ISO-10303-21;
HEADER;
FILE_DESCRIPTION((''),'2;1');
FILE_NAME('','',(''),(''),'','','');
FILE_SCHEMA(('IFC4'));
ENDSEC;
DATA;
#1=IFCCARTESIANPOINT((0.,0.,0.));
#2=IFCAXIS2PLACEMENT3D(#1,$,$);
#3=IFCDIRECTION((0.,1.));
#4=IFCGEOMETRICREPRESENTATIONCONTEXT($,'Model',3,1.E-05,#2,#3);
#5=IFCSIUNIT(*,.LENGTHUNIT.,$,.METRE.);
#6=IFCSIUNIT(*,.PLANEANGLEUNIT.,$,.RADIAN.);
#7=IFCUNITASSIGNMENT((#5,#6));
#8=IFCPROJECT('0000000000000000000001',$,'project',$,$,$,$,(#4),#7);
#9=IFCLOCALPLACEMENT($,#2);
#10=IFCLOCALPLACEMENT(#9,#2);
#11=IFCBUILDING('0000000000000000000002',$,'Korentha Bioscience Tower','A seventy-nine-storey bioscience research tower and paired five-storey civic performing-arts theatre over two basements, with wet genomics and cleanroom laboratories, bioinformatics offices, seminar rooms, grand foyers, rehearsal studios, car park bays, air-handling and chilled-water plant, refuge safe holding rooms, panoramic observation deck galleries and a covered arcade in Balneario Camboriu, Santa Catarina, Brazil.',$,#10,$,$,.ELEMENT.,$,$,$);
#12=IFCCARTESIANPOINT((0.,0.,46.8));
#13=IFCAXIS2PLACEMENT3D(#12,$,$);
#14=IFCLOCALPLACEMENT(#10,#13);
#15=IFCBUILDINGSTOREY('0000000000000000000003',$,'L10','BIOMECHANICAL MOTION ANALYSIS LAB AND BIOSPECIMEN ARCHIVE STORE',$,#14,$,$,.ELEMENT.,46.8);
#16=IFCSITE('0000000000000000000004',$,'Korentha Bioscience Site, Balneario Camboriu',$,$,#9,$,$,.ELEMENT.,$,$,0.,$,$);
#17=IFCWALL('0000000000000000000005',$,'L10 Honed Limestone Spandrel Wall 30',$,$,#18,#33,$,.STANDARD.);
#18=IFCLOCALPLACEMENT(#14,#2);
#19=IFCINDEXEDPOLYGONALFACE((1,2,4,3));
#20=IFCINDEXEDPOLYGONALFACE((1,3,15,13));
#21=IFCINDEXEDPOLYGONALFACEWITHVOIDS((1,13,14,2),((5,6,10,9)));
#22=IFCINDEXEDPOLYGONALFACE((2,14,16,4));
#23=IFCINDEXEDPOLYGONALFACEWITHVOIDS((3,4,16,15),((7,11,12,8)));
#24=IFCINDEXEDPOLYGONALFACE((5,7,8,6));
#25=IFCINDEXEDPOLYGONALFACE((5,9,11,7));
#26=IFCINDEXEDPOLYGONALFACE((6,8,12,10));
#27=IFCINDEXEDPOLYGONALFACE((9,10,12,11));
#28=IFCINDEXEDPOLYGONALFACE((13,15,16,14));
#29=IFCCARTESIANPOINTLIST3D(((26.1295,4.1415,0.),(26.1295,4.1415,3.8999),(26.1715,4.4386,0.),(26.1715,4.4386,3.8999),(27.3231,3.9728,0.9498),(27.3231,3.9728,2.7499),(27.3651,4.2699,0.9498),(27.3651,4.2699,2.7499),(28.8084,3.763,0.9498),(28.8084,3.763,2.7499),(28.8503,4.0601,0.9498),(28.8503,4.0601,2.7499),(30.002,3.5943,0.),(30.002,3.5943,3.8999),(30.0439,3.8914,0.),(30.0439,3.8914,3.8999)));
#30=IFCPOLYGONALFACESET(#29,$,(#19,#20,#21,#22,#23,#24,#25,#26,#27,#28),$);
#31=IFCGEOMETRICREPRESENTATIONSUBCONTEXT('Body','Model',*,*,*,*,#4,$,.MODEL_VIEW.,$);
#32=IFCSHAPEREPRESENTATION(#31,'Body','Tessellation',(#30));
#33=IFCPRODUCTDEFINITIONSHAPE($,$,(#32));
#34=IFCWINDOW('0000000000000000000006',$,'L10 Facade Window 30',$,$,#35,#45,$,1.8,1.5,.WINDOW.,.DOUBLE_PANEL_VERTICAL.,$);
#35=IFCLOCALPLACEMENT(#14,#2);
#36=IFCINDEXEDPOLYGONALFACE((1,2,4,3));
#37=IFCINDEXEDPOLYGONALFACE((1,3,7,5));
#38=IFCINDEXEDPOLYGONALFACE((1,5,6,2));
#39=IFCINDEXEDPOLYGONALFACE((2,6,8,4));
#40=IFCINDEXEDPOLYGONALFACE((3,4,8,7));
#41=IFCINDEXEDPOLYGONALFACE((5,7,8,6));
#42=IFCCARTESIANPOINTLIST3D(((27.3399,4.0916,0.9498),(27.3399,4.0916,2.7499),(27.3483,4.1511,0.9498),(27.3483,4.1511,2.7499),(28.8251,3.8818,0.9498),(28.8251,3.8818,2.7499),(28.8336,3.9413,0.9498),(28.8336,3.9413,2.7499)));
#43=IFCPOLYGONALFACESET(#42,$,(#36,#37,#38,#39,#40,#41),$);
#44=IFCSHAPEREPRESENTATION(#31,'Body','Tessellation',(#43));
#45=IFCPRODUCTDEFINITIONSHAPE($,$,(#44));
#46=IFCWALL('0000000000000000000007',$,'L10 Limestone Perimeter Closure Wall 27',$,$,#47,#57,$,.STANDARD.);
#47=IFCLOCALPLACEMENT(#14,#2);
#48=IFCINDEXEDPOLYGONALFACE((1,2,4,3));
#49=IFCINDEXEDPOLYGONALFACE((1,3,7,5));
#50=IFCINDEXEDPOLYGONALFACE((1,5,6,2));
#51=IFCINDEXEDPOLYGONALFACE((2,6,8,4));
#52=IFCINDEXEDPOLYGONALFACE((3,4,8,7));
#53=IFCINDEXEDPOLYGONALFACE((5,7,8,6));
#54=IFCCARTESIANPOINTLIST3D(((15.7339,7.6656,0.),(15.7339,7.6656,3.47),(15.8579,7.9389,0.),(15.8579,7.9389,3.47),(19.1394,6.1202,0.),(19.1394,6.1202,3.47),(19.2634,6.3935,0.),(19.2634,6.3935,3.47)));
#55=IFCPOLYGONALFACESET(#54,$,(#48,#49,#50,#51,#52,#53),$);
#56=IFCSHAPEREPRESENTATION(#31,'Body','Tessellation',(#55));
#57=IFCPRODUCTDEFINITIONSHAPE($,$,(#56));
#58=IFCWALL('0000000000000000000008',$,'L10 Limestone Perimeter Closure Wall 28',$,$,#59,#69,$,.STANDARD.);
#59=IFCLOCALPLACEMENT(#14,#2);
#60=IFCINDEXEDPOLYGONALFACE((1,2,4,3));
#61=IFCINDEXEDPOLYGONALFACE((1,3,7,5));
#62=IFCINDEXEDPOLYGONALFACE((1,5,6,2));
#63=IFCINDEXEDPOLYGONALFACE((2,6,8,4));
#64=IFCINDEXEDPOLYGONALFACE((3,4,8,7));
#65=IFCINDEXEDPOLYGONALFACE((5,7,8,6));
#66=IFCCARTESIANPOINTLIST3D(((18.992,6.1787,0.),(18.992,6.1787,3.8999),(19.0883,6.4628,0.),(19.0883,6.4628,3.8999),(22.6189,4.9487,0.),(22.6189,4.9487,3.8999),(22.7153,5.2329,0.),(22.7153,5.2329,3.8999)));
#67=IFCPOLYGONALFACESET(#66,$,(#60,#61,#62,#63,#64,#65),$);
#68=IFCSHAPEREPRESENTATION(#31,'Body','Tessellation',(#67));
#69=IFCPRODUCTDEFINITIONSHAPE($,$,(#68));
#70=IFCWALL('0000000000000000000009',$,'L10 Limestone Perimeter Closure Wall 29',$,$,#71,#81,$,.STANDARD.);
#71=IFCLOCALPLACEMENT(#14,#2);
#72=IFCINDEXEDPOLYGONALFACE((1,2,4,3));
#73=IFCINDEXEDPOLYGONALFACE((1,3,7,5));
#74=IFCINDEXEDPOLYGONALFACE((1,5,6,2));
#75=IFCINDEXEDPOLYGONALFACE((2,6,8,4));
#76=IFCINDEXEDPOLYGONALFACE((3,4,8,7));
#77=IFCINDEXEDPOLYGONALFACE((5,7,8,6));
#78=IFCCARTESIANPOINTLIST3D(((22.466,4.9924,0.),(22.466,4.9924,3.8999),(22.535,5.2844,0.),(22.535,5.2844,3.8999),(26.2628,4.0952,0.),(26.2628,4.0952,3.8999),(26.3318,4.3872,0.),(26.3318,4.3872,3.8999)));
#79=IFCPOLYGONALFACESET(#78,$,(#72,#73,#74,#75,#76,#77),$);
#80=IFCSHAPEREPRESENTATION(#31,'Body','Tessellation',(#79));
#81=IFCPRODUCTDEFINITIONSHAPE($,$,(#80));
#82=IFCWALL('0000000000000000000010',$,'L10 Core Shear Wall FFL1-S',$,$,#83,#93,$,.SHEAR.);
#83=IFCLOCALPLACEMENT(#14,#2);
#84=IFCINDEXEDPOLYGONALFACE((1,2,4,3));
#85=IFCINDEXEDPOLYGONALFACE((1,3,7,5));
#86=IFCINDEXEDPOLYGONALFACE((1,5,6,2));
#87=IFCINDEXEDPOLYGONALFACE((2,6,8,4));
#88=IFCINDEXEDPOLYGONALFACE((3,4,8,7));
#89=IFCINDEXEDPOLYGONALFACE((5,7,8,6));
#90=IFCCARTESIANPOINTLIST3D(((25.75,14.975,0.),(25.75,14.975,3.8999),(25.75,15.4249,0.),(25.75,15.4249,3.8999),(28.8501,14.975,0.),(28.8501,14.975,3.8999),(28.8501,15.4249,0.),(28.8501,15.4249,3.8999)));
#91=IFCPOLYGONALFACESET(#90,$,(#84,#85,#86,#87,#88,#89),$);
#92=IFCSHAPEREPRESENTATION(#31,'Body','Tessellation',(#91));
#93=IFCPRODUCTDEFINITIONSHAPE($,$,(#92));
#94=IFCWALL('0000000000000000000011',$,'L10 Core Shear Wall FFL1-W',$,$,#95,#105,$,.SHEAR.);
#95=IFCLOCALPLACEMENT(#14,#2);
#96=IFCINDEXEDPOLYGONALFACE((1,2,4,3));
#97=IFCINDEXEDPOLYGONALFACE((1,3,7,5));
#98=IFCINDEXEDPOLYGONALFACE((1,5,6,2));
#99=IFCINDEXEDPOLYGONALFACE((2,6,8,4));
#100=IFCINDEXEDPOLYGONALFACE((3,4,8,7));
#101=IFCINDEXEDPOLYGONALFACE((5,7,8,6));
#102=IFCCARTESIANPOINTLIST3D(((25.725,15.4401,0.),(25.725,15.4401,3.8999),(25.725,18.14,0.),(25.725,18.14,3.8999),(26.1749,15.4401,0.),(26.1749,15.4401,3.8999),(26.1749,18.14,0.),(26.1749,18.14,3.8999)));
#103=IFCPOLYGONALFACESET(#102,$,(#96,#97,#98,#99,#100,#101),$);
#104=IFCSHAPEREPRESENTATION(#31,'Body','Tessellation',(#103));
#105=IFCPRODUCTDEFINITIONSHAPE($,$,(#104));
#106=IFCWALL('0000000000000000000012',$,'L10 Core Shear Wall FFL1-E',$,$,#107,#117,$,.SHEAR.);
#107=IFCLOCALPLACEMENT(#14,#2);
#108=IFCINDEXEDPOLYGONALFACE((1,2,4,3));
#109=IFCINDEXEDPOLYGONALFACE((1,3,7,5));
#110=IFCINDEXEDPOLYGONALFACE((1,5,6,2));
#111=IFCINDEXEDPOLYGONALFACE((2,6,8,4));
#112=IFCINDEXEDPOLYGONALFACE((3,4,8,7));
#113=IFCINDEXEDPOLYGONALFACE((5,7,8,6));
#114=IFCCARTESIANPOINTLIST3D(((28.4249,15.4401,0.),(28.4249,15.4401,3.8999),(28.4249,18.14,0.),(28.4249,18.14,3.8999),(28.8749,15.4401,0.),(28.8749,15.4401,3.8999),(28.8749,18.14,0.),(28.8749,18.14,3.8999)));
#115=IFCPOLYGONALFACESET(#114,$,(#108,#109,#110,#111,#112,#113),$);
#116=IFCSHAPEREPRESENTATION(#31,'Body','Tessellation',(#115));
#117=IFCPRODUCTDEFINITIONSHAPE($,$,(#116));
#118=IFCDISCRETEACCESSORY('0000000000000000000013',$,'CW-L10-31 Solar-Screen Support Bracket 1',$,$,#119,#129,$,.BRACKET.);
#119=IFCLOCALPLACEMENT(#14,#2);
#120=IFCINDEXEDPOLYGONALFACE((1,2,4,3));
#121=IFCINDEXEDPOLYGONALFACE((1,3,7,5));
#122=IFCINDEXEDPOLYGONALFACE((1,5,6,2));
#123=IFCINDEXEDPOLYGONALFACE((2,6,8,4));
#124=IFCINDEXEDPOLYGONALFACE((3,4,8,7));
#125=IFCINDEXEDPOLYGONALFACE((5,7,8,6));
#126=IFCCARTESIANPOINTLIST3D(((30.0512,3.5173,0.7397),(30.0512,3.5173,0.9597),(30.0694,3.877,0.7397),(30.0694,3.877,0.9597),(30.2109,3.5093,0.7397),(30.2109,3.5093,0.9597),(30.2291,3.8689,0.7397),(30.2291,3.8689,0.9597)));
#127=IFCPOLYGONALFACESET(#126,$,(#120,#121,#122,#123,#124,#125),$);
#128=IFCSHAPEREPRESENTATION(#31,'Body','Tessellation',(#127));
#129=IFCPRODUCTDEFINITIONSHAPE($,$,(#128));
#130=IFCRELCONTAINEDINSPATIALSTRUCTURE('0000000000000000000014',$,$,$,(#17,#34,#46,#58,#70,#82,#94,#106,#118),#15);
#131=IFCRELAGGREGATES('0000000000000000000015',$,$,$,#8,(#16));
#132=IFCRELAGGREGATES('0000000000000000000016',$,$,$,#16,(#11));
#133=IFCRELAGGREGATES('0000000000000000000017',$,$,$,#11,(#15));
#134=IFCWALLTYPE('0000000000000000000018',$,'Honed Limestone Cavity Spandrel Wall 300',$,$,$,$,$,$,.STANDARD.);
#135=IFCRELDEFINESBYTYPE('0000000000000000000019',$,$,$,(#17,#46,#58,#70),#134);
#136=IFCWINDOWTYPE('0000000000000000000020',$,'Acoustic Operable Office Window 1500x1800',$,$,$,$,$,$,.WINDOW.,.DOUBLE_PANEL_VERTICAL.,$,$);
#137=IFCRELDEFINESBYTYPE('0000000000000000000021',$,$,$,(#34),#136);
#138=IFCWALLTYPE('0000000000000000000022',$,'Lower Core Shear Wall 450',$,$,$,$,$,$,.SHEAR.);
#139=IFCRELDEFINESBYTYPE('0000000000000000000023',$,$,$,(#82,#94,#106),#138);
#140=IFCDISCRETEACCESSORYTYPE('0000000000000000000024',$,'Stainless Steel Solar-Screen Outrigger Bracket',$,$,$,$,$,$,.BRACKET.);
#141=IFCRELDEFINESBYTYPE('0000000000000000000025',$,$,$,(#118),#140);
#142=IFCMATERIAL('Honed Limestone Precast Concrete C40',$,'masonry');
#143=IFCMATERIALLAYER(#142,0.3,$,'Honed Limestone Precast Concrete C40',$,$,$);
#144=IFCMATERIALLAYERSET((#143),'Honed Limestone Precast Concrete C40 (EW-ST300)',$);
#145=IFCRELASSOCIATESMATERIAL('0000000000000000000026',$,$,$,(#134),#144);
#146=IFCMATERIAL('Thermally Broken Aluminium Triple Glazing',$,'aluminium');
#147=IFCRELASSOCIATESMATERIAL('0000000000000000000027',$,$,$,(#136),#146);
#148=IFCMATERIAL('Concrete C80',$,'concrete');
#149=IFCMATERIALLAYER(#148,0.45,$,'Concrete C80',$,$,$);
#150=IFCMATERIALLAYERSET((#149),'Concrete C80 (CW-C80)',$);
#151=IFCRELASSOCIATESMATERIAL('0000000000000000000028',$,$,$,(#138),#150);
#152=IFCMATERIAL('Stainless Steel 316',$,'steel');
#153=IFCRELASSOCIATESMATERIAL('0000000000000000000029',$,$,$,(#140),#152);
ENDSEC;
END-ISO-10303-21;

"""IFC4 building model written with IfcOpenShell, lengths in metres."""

from ifc_helpers import new_model, si_unit, direction, frame, frame_2d, origin, origin_2d, place, context, subcontext, project, spatial, rectangle, extrude, material, layer, layer_set, type_object, element, fill, save


model = new_model("IFC4")

# Units and contexts
model_context = context("Model", 3, precision=1e-05, world=origin(), true_north=direction((0.0, 1.0)))
body_context = subcontext(model_context, "Body", "Model", "MODEL_VIEW")
ifc_project = project(units=[si_unit("LENGTHUNIT", "METRE"), si_unit("PLANEANGLEUNIT", "RADIAN")], contexts=[model_context])

# Site, building, storey
site_placement = place(None, origin())
site = spatial("IfcSite", under=ifc_project, at=site_placement, Name="Korentha Bioscience Site, Balneario Camboriu", CompositionType="ELEMENT", RefElevation=0.0)
building_placement = place(site_placement, origin())
building = spatial("IfcBuilding", under=site, at=building_placement, Name="Korentha Bioscience Tower", Description="A seventy-nine-storey bioscience research tower and paired five-storey civic performing-arts theatre over two basements, with wet genomics and cleanroom laboratories, bioinformatics offices, seminar rooms, grand foyers, rehearsal studios, car park bays, air-handling and chilled-water plant, refuge safe holding rooms, panoramic observation deck galleries and a covered arcade in Balneario Camboriu, Santa Catarina, Brazil.", CompositionType="ELEMENT")
storey_placement = place(building_placement, frame((0.0, 0.0, 46.8)))
storey = spatial("IfcBuildingStorey", under=building, at=storey_placement, Name="L10", Description="BIOMECHANICAL MOTION ANALYSIS LAB AND BIOSPECIMEN ARCHIVE STORE", CompositionType="ELEMENT", Elevation=46.8)

# Shared definitions
ifc_material_1 = material(Name="Concrete C80", Category="concrete")

# Wall, opening, window
ifc_material_2 = material(Name="Honed Limestone Precast Concrete C40", Category="masonry")
ifc_layer_1 = layer(ifc_material_2, 0.3, Name="Honed Limestone Precast Concrete C40")
ifc_layer_set_1 = layer_set([ifc_layer_1], Name="Honed Limestone Precast Concrete C40 (EW-ST300)")
wall_type_1 = type_object("IfcWallType", Name="Honed Limestone Cavity Spandrel Wall 300", PredefinedType="STANDARD", material=ifc_layer_set_1)
wall_1_placement = place(storey_placement, frame((26.1504, 4.29, 0.0), z_axis=(0.0, 0.0, 1.0), x_axis=(0.990166, -0.1399, 0.0)))
wall_1 = element("IfcWall", 1, at=wall_1_placement, inside=storey, type_object=wall_type_1, Name="L10 Honed Limestone Spandrel Wall 30", PredefinedType="STANDARD", context=body_context, shape_type="SweptSolid", body=[
    extrude(rectangle(XDim=3.9109, YDim=0.3, at=frame_2d((1.9556, 0.0))), origin(), (0.0, 0.0, 1.0), 3.8999),
])
opening_placement = place(wall_1_placement, frame((1.2056, 0.0, 0.95)))
opening = element("IfcOpeningElement", 2, at=opening_placement, cuts=wall_1, PredefinedType="OPENING", context=body_context, shape_type="SweptSolid", body=[
    extrude(rectangle(XDim=1.5, YDim=1.8, at=frame_2d((0.75, 0.8999))), frame((0.0, 0.165, 0.0), z_axis=(0.0, -1.0, 0.0), x_axis=(1.0, 0.0, 0.0)), (0.0, 0.0, 1.0), 0.3298),
])
ifc_material_3 = material(Name="Thermally Broken Aluminium Triple Glazing", Category="aluminium")
window_type = type_object("IfcWindowType", Name="Acoustic Operable Office Window 1500x1800", PartitioningType="DOUBLE_PANEL_VERTICAL", PredefinedType="WINDOW", material=ifc_material_3)
window_placement = place(opening_placement, origin())
window = element("IfcWindow", 3, at=window_placement, inside=storey, type_object=window_type, Name="L10 Facade Window 30", OverallHeight=1.8, OverallWidth=1.5, PartitioningType="DOUBLE_PANEL_VERTICAL", PredefinedType="WINDOW", context=body_context, shape_type="SweptSolid", body=[
    extrude(rectangle(XDim=1.5, YDim=1.8, at=frame_2d((0.75, 0.8999))), frame((0.0, 0.03, 0.0), z_axis=(0.0, -1.0, 0.0), x_axis=(1.0, 0.0, 0.0)), (0.0, 0.0, 1.0), 0.0601),
])
fill(opening, window)

# Walls
wall_2_placement = place(storey_placement, frame((15.7959, 7.8022, 0.0), z_axis=(0.0, 0.0, 1.0), x_axis=(0.910623, -0.413237, 0.0)))
element("IfcWall", 4, at=wall_2_placement, inside=storey, type_object=wall_type_1, Name="L10 Limestone Perimeter Closure Wall 27", PredefinedType="STANDARD", context=body_context, shape_type="SweptSolid", body=[
    extrude(rectangle(XDim=3.7397, YDim=0.3, at=frame_2d((1.8699, 0.0))), origin(), (0.0, 0.0, 1.0), 3.47),
])
wall_3_placement = place(storey_placement, frame((19.04, 6.3208, 0.0), z_axis=(0.0, 0.0, 1.0), x_axis=(0.947026, -0.321158, 0.0)))
element("IfcWall", 5, at=wall_3_placement, inside=storey, type_object=wall_type_1, Name="L10 Limestone Perimeter Closure Wall 28", PredefinedType="STANDARD", context=body_context, shape_type="SweptSolid", body=[
    extrude(rectangle(XDim=3.8298, YDim=0.3, at=frame_2d((1.915, 0.0))), origin(), (0.0, 0.0, 1.0), 3.8999),
])
wall_4_placement = place(storey_placement, frame((22.5005, 5.1384, 0.0), z_axis=(0.0, 0.0, 1.0), x_axis=(0.973198, -0.22997, 0.0)))
element("IfcWall", 6, at=wall_4_placement, inside=storey, type_object=wall_type_1, Name="L10 Limestone Perimeter Closure Wall 29", PredefinedType="STANDARD", context=body_context, shape_type="SweptSolid", body=[
    extrude(rectangle(XDim=3.9014, YDim=0.3, at=frame_2d((1.9507, 0.0))), origin(), (0.0, 0.0, 1.0), 3.8999),
])
ifc_layer_2 = layer(ifc_material_1, 0.45, Name="Concrete C80")
ifc_layer_set_2 = layer_set([ifc_layer_2], Name="Concrete C80 (CW-C80)")
wall_type_2 = type_object("IfcWallType", Name="Lower Core Shear Wall 450", PredefinedType="SHEAR", material=ifc_layer_set_2)
wall_5_placement = place(storey_placement, frame((25.75, 15.2, 0.0), z_axis=(0.0, 0.0, 1.0), x_axis=(1.0, 0.0, 0.0)))
element("IfcWall", 7, at=wall_5_placement, inside=storey, type_object=wall_type_2, Name="L10 Core Shear Wall FFL1-S", PredefinedType="SHEAR", context=body_context, shape_type="SweptSolid", body=[
    extrude(rectangle(XDim=3.1001, YDim=0.45, at=frame_2d((1.55, 0.0))), origin(), (0.0, 0.0, 1.0), 3.8999),
])
for number, where, z_axis, x_axis, name in (
    (8, (25.95, 15.4399, 0.0), (0.0, 0.0, 1.0), (0.0, 1.0, 0.0), "L10 Core Shear Wall FFL1-W"),
    (9, (28.6499, 15.4399, 0.0), (0.0, 0.0, 1.0), (0.0, 1.0, 0.0), "L10 Core Shear Wall FFL1-E"),
):
    element("IfcWall", number, at=place(storey_placement, frame(where, z_axis=z_axis, x_axis=x_axis)), inside=storey, type_object=wall_type_2, Name=name, PredefinedType="SHEAR", context=body_context, shape_type="SweptSolid", body=[
        extrude(rectangle(XDim=2.7, YDim=0.45, at=frame_2d((1.3501, 0.0))), origin(), (0.0, 0.0, 1.0), 3.8999),
    ])

# Discrete accessory
ifc_material_4 = material(Name="Stainless Steel 316", Category="steel")
discrete_accessory_type = type_object("IfcDiscreteAccessoryType", Name="Stainless Steel Solar-Screen Outrigger Bracket", PredefinedType="BRACKET", material=ifc_material_4)
discrete_accessory_placement = place(storey_placement, frame((30.1401, 3.6931, 0.7397), z_axis=(0.0, 0.0, 1.0), x_axis=(0.998731, -0.050371, 0.0)))
element("IfcDiscreteAccessory", 10, at=discrete_accessory_placement, inside=storey, type_object=discrete_accessory_type, Name="CW-L10-31 Solar-Screen Support Bracket 1", PredefinedType="BRACKET", context=body_context, shape_type="SweptSolid", body=[
    extrude(rectangle(XDim=0.1599, YDim=0.3601, at=origin_2d()), origin(), (0.0, 0.0, 1.0), 0.22),
])

save(model, "model.ifc")
